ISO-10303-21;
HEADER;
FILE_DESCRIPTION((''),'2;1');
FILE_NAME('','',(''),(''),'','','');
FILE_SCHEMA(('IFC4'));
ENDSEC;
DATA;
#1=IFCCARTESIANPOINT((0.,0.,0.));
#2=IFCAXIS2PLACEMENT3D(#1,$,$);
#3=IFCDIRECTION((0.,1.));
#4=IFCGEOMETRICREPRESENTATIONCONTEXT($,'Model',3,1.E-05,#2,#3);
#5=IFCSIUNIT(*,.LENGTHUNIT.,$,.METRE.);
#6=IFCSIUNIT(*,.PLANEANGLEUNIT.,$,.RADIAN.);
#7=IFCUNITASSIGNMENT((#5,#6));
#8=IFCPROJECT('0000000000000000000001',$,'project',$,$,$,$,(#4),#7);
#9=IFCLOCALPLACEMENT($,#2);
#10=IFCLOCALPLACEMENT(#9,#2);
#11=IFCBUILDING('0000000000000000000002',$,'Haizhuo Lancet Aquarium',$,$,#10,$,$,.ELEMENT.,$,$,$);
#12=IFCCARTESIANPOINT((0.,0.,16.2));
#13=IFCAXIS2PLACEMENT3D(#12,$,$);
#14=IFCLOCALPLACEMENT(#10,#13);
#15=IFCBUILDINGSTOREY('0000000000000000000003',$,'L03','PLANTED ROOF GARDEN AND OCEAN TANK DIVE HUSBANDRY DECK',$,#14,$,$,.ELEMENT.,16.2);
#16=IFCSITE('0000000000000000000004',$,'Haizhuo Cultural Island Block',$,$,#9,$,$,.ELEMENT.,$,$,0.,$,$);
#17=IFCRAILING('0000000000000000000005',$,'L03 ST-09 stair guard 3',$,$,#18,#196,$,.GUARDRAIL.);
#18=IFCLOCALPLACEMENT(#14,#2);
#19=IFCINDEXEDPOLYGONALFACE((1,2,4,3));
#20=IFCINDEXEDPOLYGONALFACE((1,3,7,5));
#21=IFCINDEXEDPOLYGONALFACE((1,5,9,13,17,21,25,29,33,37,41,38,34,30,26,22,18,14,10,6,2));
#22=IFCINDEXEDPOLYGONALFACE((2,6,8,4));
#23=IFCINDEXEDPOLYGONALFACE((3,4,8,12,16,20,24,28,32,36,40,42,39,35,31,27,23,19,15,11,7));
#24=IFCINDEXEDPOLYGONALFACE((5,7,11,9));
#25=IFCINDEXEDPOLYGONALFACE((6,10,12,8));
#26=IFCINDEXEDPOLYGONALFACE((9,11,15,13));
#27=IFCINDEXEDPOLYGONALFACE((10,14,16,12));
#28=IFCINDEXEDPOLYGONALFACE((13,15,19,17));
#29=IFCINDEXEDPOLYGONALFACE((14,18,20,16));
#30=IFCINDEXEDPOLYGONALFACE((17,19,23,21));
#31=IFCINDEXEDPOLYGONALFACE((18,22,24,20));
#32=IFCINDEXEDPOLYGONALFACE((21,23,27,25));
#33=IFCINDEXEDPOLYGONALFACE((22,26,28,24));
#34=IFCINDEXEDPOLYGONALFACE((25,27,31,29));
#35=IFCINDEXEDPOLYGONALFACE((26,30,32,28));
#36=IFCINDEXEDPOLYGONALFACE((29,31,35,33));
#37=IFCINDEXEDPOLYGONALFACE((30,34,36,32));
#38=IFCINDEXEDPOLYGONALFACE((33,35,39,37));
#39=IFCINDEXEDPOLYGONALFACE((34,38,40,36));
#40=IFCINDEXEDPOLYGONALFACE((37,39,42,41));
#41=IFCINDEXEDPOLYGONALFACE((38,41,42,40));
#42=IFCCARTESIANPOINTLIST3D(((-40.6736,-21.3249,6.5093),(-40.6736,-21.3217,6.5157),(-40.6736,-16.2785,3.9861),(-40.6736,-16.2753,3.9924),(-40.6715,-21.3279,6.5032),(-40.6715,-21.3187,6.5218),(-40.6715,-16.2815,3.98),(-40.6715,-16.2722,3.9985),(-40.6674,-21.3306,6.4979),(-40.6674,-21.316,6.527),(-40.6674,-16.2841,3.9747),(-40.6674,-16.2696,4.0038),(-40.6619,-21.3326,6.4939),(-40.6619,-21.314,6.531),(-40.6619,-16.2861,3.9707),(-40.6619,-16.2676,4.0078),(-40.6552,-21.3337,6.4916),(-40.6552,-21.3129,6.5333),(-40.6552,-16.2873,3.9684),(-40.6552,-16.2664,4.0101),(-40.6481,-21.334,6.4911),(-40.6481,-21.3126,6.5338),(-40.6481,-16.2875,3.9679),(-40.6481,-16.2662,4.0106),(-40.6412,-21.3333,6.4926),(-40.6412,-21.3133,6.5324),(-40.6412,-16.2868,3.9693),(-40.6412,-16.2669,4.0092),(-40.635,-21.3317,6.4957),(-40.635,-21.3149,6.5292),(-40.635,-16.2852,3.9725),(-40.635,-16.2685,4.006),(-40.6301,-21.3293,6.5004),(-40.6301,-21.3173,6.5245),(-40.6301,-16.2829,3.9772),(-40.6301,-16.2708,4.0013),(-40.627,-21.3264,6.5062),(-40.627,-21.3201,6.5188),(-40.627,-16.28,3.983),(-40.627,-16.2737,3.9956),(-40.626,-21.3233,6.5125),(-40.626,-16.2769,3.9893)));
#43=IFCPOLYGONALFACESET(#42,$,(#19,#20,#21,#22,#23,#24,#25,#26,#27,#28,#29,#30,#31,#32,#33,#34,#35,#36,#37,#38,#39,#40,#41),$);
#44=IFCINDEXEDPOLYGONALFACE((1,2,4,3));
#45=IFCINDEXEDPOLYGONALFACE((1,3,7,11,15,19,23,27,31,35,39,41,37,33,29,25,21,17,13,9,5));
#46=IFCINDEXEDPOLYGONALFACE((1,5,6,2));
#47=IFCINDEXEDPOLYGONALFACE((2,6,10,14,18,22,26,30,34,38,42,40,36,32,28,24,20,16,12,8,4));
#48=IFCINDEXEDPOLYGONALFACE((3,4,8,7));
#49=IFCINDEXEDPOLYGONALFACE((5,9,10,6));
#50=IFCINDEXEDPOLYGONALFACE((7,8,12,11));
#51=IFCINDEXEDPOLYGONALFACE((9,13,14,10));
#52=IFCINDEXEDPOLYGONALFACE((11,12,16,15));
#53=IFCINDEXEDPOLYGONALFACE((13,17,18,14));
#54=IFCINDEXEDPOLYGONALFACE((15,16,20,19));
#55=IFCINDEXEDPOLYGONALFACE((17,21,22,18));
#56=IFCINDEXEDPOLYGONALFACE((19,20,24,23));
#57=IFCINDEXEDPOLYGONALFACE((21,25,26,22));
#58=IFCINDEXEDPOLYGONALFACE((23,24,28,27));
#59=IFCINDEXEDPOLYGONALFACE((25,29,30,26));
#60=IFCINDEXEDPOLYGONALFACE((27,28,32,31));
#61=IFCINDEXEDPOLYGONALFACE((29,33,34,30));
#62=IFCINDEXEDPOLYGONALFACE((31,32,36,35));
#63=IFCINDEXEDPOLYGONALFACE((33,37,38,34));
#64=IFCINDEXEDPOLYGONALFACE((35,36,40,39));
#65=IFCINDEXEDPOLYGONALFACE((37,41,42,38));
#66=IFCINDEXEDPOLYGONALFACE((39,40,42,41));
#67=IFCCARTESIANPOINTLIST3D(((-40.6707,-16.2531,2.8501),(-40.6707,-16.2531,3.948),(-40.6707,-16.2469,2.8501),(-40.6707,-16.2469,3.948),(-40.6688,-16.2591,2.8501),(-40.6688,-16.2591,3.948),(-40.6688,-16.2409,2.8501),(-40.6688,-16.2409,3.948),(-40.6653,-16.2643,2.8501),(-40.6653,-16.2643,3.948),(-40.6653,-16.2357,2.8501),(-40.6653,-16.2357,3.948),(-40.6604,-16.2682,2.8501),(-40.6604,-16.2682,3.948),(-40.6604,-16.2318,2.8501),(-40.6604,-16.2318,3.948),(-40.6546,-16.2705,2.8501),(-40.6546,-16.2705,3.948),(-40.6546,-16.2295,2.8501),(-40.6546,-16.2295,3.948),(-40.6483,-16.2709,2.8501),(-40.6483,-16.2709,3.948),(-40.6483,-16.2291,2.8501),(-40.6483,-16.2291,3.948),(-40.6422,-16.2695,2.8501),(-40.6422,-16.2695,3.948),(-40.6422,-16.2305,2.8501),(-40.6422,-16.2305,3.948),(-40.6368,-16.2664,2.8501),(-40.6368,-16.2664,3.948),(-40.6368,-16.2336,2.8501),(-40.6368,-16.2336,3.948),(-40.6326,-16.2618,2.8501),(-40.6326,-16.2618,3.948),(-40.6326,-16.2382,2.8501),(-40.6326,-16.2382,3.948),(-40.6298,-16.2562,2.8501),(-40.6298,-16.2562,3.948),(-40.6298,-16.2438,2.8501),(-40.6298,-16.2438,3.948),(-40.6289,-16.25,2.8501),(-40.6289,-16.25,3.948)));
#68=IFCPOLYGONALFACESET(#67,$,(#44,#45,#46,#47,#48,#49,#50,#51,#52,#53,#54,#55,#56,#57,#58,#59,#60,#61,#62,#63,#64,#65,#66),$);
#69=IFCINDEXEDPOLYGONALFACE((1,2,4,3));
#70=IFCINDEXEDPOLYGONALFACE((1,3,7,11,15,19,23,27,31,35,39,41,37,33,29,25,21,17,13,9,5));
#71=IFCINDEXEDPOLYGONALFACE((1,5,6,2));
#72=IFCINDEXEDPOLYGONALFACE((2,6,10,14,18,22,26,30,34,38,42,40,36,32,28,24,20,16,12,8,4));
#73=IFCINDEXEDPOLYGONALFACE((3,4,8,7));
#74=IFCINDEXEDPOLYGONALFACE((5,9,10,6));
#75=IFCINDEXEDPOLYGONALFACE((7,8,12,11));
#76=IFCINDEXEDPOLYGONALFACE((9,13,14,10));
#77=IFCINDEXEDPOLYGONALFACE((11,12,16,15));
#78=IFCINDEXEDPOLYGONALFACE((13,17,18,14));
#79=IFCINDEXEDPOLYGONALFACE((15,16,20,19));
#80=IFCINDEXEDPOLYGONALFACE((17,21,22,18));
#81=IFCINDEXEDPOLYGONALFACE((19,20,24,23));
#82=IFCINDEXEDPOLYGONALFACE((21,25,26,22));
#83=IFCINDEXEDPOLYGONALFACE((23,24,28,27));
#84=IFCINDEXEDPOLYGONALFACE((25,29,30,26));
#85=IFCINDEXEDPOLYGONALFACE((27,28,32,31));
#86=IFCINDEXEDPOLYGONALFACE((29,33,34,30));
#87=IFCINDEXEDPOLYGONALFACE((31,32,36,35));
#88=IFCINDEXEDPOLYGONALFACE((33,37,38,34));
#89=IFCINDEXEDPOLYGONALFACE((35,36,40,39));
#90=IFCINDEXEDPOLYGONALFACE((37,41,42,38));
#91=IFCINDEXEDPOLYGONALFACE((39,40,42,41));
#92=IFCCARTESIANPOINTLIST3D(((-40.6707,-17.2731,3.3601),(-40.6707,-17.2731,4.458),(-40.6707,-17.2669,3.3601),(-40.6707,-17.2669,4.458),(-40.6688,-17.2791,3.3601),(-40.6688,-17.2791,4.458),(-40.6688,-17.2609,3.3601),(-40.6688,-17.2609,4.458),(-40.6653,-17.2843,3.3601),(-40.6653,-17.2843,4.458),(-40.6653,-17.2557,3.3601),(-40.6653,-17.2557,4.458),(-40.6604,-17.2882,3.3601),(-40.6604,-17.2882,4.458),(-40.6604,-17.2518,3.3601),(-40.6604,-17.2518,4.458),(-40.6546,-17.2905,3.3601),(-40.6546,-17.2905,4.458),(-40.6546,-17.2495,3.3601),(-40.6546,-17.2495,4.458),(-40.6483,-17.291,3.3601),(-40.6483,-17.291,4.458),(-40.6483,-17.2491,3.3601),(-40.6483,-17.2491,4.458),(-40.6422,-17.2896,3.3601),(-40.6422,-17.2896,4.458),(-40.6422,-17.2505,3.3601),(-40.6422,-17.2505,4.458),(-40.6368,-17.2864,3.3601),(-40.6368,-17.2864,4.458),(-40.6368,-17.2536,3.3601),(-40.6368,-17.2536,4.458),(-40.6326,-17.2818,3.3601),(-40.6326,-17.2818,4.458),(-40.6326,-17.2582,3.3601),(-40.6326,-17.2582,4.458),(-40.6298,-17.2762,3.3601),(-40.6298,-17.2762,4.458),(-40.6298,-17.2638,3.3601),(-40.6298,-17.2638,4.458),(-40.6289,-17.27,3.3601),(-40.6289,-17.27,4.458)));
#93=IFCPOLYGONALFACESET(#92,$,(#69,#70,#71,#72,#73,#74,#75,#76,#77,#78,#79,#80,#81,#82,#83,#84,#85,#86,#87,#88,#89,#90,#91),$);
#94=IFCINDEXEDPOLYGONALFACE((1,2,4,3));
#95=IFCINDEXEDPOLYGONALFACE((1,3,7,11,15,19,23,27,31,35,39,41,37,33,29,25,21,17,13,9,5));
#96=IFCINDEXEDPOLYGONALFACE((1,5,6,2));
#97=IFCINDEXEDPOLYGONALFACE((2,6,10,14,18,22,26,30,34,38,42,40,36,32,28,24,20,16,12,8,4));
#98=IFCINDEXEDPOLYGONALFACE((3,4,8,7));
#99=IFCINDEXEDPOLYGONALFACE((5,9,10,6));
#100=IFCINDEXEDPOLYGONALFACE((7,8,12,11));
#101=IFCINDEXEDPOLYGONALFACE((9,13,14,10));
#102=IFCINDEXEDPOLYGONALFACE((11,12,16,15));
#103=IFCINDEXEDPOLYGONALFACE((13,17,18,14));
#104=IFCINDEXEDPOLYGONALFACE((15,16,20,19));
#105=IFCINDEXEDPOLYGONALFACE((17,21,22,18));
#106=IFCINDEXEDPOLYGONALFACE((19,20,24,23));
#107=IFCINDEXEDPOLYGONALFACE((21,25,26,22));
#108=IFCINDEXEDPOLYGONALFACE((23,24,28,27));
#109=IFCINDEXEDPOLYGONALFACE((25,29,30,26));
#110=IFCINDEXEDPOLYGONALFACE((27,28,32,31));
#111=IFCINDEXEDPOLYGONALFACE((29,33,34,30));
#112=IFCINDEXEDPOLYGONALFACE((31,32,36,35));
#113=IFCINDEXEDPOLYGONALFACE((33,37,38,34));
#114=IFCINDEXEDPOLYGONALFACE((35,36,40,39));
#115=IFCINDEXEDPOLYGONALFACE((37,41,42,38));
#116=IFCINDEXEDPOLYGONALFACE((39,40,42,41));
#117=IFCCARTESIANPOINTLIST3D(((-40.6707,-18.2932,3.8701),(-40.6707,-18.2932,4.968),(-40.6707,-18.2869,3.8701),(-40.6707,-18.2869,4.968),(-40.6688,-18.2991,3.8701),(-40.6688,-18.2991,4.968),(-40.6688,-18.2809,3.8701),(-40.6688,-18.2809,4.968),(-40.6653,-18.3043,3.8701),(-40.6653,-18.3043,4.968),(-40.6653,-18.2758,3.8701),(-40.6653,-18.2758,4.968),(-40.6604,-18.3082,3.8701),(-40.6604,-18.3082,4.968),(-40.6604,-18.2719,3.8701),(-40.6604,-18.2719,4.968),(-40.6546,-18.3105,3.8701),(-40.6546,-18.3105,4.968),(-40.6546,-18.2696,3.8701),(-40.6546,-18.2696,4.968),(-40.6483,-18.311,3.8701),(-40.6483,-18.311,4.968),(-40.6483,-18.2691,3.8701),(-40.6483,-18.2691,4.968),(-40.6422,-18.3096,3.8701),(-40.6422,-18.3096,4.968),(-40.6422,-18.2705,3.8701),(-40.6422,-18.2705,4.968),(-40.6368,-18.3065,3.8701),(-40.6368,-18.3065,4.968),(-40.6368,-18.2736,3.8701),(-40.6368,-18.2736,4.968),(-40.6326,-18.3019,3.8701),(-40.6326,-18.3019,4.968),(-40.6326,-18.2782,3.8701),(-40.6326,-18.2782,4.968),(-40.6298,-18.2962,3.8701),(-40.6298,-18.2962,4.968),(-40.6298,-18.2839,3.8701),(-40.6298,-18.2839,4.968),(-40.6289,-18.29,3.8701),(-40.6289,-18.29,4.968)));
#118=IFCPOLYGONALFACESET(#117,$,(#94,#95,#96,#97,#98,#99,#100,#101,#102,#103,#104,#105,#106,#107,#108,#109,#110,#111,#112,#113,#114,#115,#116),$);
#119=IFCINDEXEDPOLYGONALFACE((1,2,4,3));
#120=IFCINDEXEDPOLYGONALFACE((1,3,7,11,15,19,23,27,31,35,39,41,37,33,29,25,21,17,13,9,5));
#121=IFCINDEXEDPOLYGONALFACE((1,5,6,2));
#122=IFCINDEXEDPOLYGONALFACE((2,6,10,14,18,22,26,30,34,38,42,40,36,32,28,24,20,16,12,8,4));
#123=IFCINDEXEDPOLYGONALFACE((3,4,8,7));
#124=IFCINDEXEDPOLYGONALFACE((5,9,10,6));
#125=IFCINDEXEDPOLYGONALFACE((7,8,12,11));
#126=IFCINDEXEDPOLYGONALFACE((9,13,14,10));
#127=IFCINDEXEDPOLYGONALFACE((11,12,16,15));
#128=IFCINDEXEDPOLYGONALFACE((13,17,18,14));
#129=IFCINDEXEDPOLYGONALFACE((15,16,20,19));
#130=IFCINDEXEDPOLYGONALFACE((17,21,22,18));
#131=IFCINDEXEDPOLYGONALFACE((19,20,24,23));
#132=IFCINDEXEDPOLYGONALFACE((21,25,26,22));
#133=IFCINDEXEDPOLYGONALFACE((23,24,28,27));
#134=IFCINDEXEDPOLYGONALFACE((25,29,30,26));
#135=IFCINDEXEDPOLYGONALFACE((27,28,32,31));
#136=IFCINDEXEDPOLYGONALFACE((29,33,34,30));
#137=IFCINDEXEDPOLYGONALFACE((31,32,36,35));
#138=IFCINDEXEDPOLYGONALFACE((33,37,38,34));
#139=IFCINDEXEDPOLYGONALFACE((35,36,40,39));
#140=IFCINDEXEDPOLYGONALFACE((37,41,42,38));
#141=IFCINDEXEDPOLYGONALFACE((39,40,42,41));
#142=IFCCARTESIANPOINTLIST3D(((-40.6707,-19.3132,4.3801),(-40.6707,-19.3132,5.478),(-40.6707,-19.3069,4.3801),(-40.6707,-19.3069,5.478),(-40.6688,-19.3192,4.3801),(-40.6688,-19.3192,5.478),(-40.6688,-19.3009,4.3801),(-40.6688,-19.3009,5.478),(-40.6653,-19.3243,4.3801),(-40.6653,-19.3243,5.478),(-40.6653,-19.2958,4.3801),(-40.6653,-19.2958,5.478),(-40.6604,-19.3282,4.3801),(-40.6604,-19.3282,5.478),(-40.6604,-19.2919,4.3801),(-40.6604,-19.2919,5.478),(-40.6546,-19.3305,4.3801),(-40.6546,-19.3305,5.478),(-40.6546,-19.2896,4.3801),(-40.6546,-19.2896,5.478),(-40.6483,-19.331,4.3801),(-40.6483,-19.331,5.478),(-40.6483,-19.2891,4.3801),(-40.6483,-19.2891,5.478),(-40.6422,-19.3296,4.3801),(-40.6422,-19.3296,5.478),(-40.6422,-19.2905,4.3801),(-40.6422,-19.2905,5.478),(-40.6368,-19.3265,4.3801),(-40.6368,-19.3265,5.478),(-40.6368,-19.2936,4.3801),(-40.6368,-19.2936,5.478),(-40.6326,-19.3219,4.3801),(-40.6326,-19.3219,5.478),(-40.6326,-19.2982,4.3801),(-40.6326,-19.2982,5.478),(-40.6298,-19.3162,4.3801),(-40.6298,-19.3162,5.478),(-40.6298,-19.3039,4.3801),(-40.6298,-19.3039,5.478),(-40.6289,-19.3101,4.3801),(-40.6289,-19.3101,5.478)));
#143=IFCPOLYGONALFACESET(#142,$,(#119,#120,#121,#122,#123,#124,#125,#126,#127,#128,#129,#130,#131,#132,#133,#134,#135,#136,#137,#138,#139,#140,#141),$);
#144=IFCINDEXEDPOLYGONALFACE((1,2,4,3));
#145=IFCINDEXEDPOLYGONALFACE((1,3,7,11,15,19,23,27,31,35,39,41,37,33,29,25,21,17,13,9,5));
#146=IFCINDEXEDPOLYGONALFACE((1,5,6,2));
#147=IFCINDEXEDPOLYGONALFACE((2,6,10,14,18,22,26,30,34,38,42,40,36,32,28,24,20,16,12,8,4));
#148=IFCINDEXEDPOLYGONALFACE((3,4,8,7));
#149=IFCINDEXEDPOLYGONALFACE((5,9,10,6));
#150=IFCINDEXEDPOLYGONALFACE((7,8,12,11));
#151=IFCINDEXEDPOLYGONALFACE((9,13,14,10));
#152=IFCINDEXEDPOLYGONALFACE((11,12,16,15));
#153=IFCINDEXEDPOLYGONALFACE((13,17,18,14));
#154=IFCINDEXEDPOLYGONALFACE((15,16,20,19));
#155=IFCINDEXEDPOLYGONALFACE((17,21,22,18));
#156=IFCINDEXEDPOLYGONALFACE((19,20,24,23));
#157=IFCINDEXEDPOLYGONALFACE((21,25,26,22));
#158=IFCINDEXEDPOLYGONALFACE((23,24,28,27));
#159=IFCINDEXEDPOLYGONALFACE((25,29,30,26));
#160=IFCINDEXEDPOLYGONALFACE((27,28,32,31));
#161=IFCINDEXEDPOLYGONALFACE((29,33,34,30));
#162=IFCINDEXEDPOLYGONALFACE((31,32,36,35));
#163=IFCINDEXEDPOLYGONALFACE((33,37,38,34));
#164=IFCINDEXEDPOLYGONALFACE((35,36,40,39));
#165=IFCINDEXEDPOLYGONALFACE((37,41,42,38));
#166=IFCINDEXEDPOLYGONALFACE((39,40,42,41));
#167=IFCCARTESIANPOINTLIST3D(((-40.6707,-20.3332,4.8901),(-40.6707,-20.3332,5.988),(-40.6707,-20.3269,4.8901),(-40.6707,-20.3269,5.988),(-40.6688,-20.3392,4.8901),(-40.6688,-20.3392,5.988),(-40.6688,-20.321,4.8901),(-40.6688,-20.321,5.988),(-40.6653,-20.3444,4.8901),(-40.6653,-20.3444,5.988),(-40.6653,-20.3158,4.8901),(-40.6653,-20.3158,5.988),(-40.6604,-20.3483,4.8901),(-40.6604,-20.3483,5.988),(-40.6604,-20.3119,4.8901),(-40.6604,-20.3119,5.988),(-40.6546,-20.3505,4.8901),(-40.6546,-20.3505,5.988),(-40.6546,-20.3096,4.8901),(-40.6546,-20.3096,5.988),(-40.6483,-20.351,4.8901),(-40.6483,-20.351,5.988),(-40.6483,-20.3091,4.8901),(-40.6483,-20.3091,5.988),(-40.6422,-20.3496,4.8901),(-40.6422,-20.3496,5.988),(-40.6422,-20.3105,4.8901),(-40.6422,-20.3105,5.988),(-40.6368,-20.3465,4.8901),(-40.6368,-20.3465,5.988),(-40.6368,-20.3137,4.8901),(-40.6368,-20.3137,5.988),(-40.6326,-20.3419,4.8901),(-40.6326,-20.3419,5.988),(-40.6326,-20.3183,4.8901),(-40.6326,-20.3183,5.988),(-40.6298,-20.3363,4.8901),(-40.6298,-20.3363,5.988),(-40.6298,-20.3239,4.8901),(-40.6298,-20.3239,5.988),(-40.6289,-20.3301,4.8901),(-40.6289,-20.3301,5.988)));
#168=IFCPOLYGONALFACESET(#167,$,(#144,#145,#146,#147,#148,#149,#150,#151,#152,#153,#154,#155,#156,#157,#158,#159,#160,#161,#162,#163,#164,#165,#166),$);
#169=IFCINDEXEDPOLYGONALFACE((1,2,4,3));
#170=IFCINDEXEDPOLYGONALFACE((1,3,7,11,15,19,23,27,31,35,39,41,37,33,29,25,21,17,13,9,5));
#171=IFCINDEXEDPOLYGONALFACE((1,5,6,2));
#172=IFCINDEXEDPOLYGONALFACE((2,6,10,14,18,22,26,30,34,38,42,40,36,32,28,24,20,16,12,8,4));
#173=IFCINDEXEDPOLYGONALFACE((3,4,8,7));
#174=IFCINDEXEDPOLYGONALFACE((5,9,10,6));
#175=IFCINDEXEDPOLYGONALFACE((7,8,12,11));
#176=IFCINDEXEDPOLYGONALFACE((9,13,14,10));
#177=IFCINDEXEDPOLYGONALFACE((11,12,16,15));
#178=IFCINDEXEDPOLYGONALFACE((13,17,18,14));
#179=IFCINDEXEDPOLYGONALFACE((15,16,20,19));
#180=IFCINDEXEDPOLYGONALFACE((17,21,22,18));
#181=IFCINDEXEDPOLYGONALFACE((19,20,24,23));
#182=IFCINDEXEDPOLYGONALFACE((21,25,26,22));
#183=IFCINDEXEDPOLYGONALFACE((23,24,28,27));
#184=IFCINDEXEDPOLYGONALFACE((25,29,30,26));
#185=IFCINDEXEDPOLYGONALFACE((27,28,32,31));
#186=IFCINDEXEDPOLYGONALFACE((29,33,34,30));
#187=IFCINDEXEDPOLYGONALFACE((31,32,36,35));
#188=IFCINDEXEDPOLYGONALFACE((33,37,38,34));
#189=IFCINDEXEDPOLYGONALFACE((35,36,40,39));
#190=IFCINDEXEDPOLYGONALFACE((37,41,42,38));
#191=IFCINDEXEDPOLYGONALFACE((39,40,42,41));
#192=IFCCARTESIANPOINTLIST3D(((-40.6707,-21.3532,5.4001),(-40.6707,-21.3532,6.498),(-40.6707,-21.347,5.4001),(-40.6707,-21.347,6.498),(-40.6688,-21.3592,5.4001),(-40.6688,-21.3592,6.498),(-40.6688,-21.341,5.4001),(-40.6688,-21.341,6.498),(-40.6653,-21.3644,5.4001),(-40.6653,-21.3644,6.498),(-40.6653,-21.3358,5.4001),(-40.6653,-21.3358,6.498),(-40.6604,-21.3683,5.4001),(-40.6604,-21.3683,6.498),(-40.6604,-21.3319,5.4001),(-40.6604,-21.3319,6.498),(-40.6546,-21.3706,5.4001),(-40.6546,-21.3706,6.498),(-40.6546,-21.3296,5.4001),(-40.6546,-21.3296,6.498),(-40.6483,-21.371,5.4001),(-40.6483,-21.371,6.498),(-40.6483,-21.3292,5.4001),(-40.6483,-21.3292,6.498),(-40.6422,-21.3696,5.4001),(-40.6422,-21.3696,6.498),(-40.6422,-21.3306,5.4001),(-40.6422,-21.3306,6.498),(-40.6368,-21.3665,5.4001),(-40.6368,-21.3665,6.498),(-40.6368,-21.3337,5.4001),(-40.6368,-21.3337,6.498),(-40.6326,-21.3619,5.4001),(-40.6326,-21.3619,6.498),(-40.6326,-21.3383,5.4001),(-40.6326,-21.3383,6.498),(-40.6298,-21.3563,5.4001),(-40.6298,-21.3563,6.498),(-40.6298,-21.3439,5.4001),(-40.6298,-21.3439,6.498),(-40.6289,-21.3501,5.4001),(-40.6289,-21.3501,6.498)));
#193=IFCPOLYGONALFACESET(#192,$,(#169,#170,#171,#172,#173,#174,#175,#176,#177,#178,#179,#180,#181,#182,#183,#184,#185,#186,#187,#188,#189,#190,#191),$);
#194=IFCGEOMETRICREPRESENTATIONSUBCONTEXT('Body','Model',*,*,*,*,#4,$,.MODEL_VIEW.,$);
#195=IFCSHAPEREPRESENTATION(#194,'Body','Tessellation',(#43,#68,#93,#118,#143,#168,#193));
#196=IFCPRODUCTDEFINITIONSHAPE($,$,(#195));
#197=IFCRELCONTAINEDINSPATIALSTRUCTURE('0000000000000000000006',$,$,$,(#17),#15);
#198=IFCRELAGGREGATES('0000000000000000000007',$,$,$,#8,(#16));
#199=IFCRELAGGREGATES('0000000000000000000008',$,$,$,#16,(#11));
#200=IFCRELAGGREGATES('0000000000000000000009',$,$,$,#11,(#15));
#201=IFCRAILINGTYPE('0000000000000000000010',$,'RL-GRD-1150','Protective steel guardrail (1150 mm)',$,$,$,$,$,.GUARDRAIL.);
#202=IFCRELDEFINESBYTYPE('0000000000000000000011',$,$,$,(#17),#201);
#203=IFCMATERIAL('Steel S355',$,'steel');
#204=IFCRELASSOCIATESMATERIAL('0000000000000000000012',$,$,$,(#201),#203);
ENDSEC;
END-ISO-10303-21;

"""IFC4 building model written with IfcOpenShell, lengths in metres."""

from ifc_helpers import new_model, si_unit, direction, frame, origin, origin_2d, place, context, subcontext, project, spatial, circle, extrude, material, type_object, element, save


model = new_model("IFC4")

# Units and contexts
model_context = context("Model", 3, precision=1e-05, world=origin(), true_north=direction((0.0, 1.0)))
body_context = subcontext(model_context, "Body", "Model", "MODEL_VIEW")
ifc_project = project(units=[si_unit("LENGTHUNIT", "METRE"), si_unit("PLANEANGLEUNIT", "RADIAN")], contexts=[model_context])

# Site, building, storey
site_placement = place(None, origin())
site = spatial("IfcSite", under=ifc_project, at=site_placement, Name="Haizhuo Cultural Island Block", CompositionType="ELEMENT", RefElevation=0.0)
building_placement = place(site_placement, origin())
building = spatial("IfcBuilding", under=site, at=building_placement, Name="Haizhuo Lancet Aquarium", CompositionType="ELEMENT")
storey_placement = place(building_placement, frame((0.0, 0.0, 16.2)))
storey = spatial("IfcBuildingStorey", under=building, at=storey_placement, Name="L03", Description="PLANTED ROOF GARDEN AND OCEAN TANK DIVE HUSBANDRY DECK", CompositionType="ELEMENT", Elevation=16.2)

# Shared definitions
ifc_material_1 = material(Name="Steel S355", Category="steel")

# Railing
railing_type_1 = type_object("IfcRailingType", Name="RL-GRD-1150", Description="Protective steel guardrail (1150 mm)", PredefinedType="GUARDRAIL", material=ifc_material_1)
railing_1_placement = place(storey_placement, frame((-40.6499, -16.25, 2.8501)))
element("IfcRailing", 1, at=railing_1_placement, inside=storey, type_object=railing_type_1, Name="L03 ST-09 stair guard 3", PredefinedType="GUARDRAIL", context=body_context, shape_type="SweptSolid", body=[
    extrude(circle(Radius=0.0239, at=origin_2d()), frame((0.0, -0.0269, 1.1392), z_axis=(0.0, -0.894427, 0.447214), x_axis=(1.0, 0.0, 0.0)), (0.0, 0.0, 1.0), 5.6421),
    extrude(circle(Radius=0.021, at=origin_2d()), origin(), (0.0, 0.0, 1.0), 1.0979),
    extrude(circle(Radius=0.021, at=origin_2d()), frame((0.0, -1.02, 0.51)), (0.0, 0.0, 1.0), 1.0979),
    extrude(circle(Radius=0.021, at=origin_2d()), frame((0.0, -2.04, 1.02)), (0.0, 0.0, 1.0), 1.0979),
    extrude(circle(Radius=0.021, at=origin_2d()), frame((0.0, -3.0601, 1.53)), (0.0, 0.0, 1.0), 1.0979),
    extrude(circle(Radius=0.021, at=origin_2d()), frame((0.0, -4.0801, 2.04)), (0.0, 0.0, 1.0), 1.0979),
    extrude(circle(Radius=0.021, at=origin_2d()), frame((0.0, -5.1001, 2.55)), (0.0, 0.0, 1.0), 1.0979),
])

save(model, "model.ifc")
